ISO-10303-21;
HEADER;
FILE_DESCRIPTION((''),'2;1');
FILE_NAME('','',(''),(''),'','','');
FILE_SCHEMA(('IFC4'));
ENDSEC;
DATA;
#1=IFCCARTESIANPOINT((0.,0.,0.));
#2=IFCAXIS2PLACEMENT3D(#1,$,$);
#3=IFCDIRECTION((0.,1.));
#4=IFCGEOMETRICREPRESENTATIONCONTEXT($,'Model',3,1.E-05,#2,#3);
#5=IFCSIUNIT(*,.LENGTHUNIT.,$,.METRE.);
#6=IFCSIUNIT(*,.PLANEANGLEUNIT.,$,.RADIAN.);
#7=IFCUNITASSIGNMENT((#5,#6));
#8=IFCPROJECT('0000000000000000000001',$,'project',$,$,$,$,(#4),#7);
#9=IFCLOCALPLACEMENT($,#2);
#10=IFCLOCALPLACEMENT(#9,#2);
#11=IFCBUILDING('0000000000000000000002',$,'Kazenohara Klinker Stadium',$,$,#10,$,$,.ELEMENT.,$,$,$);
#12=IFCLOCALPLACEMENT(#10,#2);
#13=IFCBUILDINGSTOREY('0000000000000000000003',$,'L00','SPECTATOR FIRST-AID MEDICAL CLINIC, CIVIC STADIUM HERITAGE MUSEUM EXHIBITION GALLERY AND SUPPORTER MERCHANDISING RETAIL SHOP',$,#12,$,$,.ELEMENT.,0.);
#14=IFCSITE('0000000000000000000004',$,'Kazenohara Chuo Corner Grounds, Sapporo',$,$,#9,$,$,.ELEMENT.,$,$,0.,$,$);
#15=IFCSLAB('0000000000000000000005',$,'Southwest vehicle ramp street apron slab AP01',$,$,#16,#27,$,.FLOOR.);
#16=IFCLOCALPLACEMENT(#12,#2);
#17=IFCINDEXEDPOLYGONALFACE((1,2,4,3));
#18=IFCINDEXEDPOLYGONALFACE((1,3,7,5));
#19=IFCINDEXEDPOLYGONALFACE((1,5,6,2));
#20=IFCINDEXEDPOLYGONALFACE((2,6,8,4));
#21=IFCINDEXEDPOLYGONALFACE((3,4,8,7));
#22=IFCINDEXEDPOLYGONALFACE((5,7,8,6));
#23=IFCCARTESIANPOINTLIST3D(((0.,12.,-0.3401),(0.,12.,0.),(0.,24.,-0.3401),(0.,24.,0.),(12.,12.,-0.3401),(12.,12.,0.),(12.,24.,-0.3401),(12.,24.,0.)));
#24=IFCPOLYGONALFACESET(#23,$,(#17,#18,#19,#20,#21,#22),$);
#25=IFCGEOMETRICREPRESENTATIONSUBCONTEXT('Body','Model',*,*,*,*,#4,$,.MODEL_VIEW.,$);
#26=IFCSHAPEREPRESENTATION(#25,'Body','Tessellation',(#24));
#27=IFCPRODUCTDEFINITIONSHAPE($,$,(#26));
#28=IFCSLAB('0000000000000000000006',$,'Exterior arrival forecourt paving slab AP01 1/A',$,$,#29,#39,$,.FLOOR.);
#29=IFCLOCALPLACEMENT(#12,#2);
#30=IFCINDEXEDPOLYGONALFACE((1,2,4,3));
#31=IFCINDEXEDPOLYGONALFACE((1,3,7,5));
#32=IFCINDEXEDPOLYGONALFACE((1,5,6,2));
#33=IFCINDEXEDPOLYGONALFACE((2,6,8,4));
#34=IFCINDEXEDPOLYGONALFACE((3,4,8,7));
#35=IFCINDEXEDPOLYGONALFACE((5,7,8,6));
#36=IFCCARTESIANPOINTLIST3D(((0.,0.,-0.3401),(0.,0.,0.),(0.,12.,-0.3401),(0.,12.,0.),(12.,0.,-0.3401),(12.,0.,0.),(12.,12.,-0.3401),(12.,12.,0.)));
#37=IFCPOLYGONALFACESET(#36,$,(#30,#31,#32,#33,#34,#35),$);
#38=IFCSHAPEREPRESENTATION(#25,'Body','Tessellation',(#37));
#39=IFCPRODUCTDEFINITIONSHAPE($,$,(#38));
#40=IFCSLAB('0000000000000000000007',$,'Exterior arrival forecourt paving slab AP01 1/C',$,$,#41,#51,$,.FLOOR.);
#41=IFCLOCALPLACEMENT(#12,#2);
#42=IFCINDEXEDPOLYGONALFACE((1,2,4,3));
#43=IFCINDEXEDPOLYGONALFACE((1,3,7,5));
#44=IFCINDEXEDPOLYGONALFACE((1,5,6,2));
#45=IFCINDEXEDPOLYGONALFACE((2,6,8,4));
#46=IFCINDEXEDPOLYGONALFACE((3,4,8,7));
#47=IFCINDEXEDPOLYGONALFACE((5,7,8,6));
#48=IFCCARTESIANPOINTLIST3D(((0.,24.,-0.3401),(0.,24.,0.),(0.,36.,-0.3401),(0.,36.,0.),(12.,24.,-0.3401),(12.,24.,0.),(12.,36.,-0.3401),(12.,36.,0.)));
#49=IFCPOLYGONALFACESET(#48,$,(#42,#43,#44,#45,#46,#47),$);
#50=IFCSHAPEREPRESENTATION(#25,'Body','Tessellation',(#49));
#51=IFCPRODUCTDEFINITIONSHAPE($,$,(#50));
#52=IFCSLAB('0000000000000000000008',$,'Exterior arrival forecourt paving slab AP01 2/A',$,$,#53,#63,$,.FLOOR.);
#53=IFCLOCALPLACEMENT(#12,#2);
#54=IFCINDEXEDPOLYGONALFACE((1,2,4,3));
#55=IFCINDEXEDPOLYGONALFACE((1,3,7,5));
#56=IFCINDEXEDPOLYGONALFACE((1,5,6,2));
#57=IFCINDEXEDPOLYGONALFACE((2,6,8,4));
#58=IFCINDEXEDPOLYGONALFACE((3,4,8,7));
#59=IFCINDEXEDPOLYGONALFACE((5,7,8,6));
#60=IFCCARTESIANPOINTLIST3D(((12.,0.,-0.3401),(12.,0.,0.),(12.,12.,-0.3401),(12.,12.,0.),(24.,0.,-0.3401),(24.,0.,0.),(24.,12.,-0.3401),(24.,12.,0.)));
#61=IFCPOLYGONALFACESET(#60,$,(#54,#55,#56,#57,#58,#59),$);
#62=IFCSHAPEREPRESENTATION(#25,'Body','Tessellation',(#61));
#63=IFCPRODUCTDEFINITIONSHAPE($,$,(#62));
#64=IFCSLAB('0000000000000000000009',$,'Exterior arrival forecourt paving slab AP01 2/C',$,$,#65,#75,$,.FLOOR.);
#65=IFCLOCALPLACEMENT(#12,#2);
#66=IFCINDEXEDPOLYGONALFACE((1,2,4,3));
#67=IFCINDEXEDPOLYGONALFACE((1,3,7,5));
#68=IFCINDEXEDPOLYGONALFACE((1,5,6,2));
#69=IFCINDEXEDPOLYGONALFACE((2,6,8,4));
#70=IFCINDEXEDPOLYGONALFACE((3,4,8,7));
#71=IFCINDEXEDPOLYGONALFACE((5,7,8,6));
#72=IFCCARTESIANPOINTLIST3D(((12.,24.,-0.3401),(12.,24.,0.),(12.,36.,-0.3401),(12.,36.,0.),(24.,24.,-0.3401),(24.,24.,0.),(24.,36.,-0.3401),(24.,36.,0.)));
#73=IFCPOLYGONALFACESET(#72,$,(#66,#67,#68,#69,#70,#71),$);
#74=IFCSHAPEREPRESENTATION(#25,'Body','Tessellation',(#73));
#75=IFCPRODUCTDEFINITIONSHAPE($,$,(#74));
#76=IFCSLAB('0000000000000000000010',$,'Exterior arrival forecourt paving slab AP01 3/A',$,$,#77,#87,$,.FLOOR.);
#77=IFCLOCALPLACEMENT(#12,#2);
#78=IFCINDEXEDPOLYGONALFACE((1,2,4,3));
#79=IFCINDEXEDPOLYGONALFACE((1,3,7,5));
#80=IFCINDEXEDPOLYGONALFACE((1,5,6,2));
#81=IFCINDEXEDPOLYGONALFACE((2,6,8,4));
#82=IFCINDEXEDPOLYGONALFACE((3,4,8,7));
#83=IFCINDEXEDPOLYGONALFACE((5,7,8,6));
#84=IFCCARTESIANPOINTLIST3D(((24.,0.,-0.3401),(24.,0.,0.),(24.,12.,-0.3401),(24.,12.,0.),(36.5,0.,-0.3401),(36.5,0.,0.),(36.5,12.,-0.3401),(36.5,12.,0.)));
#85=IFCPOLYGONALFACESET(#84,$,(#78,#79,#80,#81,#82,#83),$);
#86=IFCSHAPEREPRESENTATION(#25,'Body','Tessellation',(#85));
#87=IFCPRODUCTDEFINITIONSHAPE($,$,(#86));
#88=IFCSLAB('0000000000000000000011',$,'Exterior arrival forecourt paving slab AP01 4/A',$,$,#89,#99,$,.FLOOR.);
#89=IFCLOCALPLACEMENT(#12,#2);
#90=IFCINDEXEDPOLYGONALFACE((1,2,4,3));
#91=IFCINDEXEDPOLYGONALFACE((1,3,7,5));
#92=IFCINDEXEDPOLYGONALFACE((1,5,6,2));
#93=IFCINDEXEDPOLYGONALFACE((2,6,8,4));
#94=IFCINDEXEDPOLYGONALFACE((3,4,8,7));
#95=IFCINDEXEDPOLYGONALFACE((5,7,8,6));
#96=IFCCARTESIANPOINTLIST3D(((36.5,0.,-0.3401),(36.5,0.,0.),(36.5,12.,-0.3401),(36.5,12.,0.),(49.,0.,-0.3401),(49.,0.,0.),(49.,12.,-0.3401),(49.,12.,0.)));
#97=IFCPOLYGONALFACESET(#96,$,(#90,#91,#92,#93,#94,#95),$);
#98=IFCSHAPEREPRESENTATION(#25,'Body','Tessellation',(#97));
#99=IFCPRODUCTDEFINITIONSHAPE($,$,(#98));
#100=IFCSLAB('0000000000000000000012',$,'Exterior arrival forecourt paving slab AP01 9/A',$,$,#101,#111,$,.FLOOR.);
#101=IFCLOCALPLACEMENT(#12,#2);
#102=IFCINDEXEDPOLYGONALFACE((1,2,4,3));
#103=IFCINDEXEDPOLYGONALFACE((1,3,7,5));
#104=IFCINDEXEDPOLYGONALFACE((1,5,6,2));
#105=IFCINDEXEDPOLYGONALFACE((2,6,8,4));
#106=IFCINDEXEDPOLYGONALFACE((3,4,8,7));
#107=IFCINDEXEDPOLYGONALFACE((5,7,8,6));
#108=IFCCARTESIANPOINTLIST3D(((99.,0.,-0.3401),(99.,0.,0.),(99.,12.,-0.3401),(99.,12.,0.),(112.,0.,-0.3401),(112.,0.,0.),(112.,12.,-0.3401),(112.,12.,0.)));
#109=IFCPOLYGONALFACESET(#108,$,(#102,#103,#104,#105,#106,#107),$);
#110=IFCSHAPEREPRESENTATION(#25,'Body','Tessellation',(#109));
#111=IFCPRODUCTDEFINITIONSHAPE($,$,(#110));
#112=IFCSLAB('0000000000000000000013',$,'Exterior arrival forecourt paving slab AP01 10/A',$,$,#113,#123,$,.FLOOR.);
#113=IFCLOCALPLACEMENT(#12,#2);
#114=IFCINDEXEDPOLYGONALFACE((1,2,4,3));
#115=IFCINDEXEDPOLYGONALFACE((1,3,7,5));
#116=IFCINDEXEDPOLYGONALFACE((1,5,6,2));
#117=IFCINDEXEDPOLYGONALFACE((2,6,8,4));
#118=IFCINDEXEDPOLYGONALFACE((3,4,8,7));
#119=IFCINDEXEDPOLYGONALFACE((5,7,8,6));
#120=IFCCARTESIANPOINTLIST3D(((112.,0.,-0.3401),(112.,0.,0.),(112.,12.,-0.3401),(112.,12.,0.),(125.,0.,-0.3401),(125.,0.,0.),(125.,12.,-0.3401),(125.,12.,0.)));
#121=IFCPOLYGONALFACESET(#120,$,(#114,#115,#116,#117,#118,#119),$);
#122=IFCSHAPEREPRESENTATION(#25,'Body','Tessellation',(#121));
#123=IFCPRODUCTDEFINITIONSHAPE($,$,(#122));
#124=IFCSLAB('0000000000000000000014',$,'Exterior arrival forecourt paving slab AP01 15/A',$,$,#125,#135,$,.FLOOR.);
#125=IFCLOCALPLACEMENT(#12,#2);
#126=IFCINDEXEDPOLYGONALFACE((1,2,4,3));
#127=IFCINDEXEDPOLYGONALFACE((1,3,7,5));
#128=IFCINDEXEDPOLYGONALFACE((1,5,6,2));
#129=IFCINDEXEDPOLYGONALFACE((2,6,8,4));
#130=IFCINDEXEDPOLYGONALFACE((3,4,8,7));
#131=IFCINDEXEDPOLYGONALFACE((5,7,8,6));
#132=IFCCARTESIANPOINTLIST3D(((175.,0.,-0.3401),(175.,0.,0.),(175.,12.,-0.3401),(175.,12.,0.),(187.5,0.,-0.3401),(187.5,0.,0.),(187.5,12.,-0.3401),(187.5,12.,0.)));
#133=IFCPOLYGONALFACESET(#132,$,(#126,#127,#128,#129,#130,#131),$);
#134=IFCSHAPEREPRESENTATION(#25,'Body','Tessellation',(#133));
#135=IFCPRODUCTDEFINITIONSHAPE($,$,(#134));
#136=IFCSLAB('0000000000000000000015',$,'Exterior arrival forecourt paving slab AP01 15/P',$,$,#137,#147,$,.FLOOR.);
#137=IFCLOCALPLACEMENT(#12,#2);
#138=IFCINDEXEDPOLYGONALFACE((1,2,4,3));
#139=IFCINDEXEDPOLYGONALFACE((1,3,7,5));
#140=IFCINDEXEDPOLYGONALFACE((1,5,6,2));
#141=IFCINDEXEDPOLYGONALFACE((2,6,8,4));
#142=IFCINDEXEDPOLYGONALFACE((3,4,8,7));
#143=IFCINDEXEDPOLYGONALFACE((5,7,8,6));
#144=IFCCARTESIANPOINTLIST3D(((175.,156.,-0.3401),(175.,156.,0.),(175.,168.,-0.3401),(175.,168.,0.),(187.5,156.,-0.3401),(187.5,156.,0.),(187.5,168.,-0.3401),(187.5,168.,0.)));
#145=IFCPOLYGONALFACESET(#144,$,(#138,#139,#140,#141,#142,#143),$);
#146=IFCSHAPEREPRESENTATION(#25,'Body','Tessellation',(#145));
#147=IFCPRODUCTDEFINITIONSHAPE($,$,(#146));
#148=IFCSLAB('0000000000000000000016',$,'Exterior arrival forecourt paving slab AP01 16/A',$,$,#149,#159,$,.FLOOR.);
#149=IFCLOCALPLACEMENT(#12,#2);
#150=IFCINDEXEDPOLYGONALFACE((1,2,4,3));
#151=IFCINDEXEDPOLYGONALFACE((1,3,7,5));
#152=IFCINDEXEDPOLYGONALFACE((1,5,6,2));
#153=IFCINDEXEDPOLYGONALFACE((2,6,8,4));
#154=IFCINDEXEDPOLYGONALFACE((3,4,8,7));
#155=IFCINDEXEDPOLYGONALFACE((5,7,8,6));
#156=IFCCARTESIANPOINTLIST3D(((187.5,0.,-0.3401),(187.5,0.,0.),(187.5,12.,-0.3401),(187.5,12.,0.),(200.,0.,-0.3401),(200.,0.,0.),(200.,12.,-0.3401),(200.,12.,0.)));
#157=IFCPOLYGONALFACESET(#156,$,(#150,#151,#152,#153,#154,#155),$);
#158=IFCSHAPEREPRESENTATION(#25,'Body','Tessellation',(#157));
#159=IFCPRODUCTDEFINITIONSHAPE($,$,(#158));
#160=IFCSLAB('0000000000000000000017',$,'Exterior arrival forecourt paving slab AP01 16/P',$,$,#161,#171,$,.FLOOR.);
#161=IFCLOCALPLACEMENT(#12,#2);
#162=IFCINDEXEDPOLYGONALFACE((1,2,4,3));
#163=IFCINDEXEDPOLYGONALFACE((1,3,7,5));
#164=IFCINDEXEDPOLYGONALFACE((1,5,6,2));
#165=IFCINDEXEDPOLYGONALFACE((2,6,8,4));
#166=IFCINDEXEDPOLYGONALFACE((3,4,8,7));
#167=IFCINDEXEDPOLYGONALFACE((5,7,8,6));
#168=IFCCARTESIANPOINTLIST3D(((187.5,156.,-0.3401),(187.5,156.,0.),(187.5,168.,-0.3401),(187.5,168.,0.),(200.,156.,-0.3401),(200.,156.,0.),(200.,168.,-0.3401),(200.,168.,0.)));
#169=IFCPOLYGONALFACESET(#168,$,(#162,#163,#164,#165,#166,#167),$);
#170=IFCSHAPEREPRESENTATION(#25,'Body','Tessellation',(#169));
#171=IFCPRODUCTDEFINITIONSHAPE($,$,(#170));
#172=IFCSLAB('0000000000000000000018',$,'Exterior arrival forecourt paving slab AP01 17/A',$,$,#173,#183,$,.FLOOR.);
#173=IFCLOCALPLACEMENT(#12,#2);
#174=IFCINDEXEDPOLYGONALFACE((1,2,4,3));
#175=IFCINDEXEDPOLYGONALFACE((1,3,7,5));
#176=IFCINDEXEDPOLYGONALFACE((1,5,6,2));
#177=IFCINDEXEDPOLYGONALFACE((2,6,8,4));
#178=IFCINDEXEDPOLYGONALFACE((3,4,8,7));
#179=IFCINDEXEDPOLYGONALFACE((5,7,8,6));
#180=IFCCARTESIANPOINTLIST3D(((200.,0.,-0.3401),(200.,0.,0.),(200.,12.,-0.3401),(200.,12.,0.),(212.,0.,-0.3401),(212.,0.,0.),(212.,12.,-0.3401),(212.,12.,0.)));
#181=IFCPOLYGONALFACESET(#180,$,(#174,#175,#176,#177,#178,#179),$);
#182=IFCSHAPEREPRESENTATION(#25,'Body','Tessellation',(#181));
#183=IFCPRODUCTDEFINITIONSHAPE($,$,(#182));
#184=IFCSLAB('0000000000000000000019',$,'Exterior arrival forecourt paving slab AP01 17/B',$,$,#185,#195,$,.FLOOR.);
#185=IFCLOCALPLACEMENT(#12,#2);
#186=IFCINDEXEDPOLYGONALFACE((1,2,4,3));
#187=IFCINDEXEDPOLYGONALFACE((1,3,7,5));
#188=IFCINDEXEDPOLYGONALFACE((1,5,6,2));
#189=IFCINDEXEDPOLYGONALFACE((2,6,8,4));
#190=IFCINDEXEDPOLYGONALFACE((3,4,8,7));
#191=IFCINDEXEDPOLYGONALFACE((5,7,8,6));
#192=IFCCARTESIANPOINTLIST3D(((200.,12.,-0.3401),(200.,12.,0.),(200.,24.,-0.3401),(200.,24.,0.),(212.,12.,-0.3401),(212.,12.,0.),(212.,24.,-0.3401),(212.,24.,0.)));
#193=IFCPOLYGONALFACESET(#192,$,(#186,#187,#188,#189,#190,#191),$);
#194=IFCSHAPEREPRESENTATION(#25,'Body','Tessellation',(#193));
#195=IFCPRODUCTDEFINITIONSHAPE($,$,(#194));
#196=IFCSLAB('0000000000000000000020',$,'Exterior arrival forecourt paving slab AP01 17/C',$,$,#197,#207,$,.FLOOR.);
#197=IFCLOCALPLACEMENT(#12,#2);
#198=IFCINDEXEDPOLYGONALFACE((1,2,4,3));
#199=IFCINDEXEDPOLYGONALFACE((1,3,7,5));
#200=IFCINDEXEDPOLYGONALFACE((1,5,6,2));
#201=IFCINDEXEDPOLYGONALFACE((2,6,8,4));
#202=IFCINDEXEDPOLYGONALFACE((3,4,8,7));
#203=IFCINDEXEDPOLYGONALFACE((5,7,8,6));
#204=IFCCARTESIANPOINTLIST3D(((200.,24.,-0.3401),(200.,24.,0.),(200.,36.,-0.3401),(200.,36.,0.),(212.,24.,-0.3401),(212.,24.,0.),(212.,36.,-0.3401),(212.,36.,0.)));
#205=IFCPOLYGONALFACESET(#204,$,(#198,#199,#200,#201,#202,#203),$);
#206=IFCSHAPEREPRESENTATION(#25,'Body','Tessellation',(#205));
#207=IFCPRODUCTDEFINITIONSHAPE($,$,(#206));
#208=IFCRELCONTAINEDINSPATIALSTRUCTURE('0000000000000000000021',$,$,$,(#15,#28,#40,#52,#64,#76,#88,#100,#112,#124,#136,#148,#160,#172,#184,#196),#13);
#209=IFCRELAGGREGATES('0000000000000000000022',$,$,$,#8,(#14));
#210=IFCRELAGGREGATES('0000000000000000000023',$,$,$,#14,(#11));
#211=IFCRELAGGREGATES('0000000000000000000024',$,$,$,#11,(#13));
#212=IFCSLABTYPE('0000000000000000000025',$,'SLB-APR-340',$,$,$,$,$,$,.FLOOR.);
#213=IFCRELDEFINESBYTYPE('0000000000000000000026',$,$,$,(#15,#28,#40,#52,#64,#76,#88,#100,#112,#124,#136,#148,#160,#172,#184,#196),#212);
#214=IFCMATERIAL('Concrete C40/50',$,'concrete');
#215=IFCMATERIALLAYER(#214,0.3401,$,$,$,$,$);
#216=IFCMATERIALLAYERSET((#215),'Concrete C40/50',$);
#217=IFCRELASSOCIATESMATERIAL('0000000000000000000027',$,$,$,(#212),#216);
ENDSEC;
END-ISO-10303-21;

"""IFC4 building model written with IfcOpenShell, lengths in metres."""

from ifc_helpers import new_model, si_unit, direction, frame, origin, place, context, subcontext, project, spatial, polyline, outline, extrude, material, layer, layer_set, type_object, element, save


model = new_model("IFC4")

# Units and contexts
model_context = context("Model", 3, precision=1e-05, world=origin(), true_north=direction((0.0, 1.0)))
body_context = subcontext(model_context, "Body", "Model", "MODEL_VIEW")
ifc_project = project(units=[si_unit("LENGTHUNIT", "METRE"), si_unit("PLANEANGLEUNIT", "RADIAN")], contexts=[model_context])

# Site, building, storey
site_placement = place(None, origin())
site = spatial("IfcSite", under=ifc_project, at=site_placement, Name="Kazenohara Chuo Corner Grounds, Sapporo", CompositionType="ELEMENT", RefElevation=0.0)
building_placement = place(site_placement, origin())
building = spatial("IfcBuilding", under=site, at=building_placement, Name="Kazenohara Klinker Stadium", CompositionType="ELEMENT")
storey_placement = place(building_placement, origin())
storey = spatial("IfcBuildingStorey", under=building, at=storey_placement, Name="L00", Description="SPECTATOR FIRST-AID MEDICAL CLINIC, CIVIC STADIUM HERITAGE MUSEUM EXHIBITION GALLERY AND SUPPORTER MERCHANDISING RETAIL SHOP", CompositionType="ELEMENT", Elevation=0.0)

# Slabs
ifc_material = material(Name="Concrete C40/50", Category="concrete")
ifc_layer = layer(ifc_material, 0.3401)
ifc_layer_set = layer_set([ifc_layer], Name="Concrete C40/50")
slab_type = type_object("IfcSlabType", Name="SLB-APR-340", PredefinedType="FLOOR", material=ifc_layer_set)
slab_1_placement = place(storey_placement, frame((0.0, 0.0, -0.3401)))
element("IfcSlab", 1, at=slab_1_placement, inside=storey, type_object=slab_type, Name="Southwest vehicle ramp street apron slab AP01", PredefinedType="FLOOR", context=body_context, shape_type="SweptSolid", body=[
    extrude(outline(polyline([(0.0, 12.0), (12.0, 12.0), (12.0, 24.0), (0.0, 24.0), (0.0, 12.0)])), origin(), (0.0, 0.0, 1.0), 0.3401),
])
slab_2_placement = place(storey_placement, frame((0.0, 0.0, -0.3401)))
element("IfcSlab", 2, at=slab_2_placement, inside=storey, type_object=slab_type, Name="Exterior arrival forecourt paving slab AP01 1/A", PredefinedType="FLOOR", context=body_context, shape_type="SweptSolid", body=[
    extrude(outline(polyline([(0.0, 0.0), (12.0, 0.0), (12.0, 12.0), (0.0, 12.0), (0.0, 0.0)])), origin(), (0.0, 0.0, 1.0), 0.3401),
])
slab_3_placement = place(storey_placement, frame((0.0, 0.0, -0.3401)))
element("IfcSlab", 3, at=slab_3_placement, inside=storey, type_object=slab_type, Name="Exterior arrival forecourt paving slab AP01 1/C", PredefinedType="FLOOR", context=body_context, shape_type="SweptSolid", body=[
    extrude(outline(polyline([(0.0, 24.0), (12.0, 24.0), (12.0, 36.0), (0.0, 36.0), (0.0, 24.0)])), origin(), (0.0, 0.0, 1.0), 0.3401),
])
slab_4_placement = place(storey_placement, frame((0.0, 0.0, -0.3401)))
element("IfcSlab", 4, at=slab_4_placement, inside=storey, type_object=slab_type, Name="Exterior arrival forecourt paving slab AP01 2/A", PredefinedType="FLOOR", context=body_context, shape_type="SweptSolid", body=[
    extrude(outline(polyline([(12.0, 0.0), (24.0, 0.0), (24.0, 12.0), (12.0, 12.0), (12.0, 0.0)])), origin(), (0.0, 0.0, 1.0), 0.3401),
])
slab_5_placement = place(storey_placement, frame((0.0, 0.0, -0.3401)))
element("IfcSlab", 5, at=slab_5_placement, inside=storey, type_object=slab_type, Name="Exterior arrival forecourt paving slab AP01 2/C", PredefinedType="FLOOR", context=body_context, shape_type="SweptSolid", body=[
    extrude(outline(polyline([(12.0, 24.0), (24.0, 24.0), (24.0, 36.0), (12.0, 36.0), (12.0, 24.0)])), origin(), (0.0, 0.0, 1.0), 0.3401),
])
slab_6_placement = place(storey_placement, frame((0.0, 0.0, -0.3401)))
element("IfcSlab", 6, at=slab_6_placement, inside=storey, type_object=slab_type, Name="Exterior arrival forecourt paving slab AP01 3/A", PredefinedType="FLOOR", context=body_context, shape_type="SweptSolid", body=[
    extrude(outline(polyline([(24.0, 0.0), (36.5, 0.0), (36.5, 12.0), (24.0, 12.0), (24.0, 0.0)])), origin(), (0.0, 0.0, 1.0), 0.3401),
])
slab_7_placement = place(storey_placement, frame((0.0, 0.0, -0.3401)))
element("IfcSlab", 7, at=slab_7_placement, inside=storey, type_object=slab_type, Name="Exterior arrival forecourt paving slab AP01 4/A", PredefinedType="FLOOR", context=body_context, shape_type="SweptSolid", body=[
    extrude(outline(polyline([(36.5, 0.0), (49.0, 0.0), (49.0, 12.0), (36.5, 12.0), (36.5, 0.0)])), origin(), (0.0, 0.0, 1.0), 0.3401),
])
slab_8_placement = place(storey_placement, frame((0.0, 0.0, -0.3401)))
element("IfcSlab", 8, at=slab_8_placement, inside=storey, type_object=slab_type, Name="Exterior arrival forecourt paving slab AP01 9/A", PredefinedType="FLOOR", context=body_context, shape_type="SweptSolid", body=[
    extrude(outline(polyline([(99.0, 0.0), (112.0, 0.0), (112.0, 12.0), (99.0, 12.0), (99.0, 0.0)])), origin(), (0.0, 0.0, 1.0), 0.3401),
])
slab_9_placement = place(storey_placement, frame((0.0, 0.0, -0.3401)))
element("IfcSlab", 9, at=slab_9_placement, inside=storey, type_object=slab_type, Name="Exterior arrival forecourt paving slab AP01 10/A", PredefinedType="FLOOR", context=body_context, shape_type="SweptSolid", body=[
    extrude(outline(polyline([(112.0, 0.0), (125.0, 0.0), (125.0, 12.0), (112.0, 12.0), (112.0, 0.0)])), origin(), (0.0, 0.0, 1.0), 0.3401),
])
slab_10_placement = place(storey_placement, frame((0.0, 0.0, -0.3401)))
element("IfcSlab", 10, at=slab_10_placement, inside=storey, type_object=slab_type, Name="Exterior arrival forecourt paving slab AP01 15/A", PredefinedType="FLOOR", context=body_context, shape_type="SweptSolid", body=[
    extrude(outline(polyline([(175.0, 0.0), (187.5, 0.0), (187.5, 12.0), (175.0, 12.0), (175.0, 0.0)])), origin(), (0.0, 0.0, 1.0), 0.3401),
])
slab_11_placement = place(storey_placement, frame((0.0, 0.0, -0.3401)))
element("IfcSlab", 11, at=slab_11_placement, inside=storey, type_object=slab_type, Name="Exterior arrival forecourt paving slab AP01 15/P", PredefinedType="FLOOR", context=body_context, shape_type="SweptSolid", body=[
    extrude(outline(polyline([(175.0, 156.0), (187.5, 156.0), (187.5, 168.0), (175.0, 168.0), (175.0, 156.0)])), origin(), (0.0, 0.0, 1.0), 0.3401),
])
slab_12_placement = place(storey_placement, frame((0.0, 0.0, -0.3401)))
element("IfcSlab", 12, at=slab_12_placement, inside=storey, type_object=slab_type, Name="Exterior arrival forecourt paving slab AP01 16/A", PredefinedType="FLOOR", context=body_context, shape_type="SweptSolid", body=[
    extrude(outline(polyline([(187.5, 0.0), (200.0, 0.0), (200.0, 12.0), (187.5, 12.0), (187.5, 0.0)])), origin(), (0.0, 0.0, 1.0), 0.3401),
])
slab_13_placement = place(storey_placement, frame((0.0, 0.0, -0.3401)))
element("IfcSlab", 13, at=slab_13_placement, inside=storey, type_object=slab_type, Name="Exterior arrival forecourt paving slab AP01 16/P", PredefinedType="FLOOR", context=body_context, shape_type="SweptSolid", body=[
    extrude(outline(polyline([(187.5, 156.0), (200.0, 156.0), (200.0, 168.0), (187.5, 168.0), (187.5, 156.0)])), origin(), (0.0, 0.0, 1.0), 0.3401),
])
slab_14_placement = place(storey_placement, frame((0.0, 0.0, -0.3401)))
element("IfcSlab", 14, at=slab_14_placement, inside=storey, type_object=slab_type, Name="Exterior arrival forecourt paving slab AP01 17/A", PredefinedType="FLOOR", context=body_context, shape_type="SweptSolid", body=[
    extrude(outline(polyline([(200.0, 0.0), (212.0, 0.0), (212.0, 12.0), (200.0, 12.0), (200.0, 0.0)])), origin(), (0.0, 0.0, 1.0), 0.3401),
])
slab_15_placement = place(storey_placement, frame((0.0, 0.0, -0.3401)))
element("IfcSlab", 15, at=slab_15_placement, inside=storey, type_object=slab_type, Name="Exterior arrival forecourt paving slab AP01 17/B", PredefinedType="FLOOR", context=body_context, shape_type="SweptSolid", body=[
    extrude(outline(polyline([(200.0, 12.0), (212.0, 12.0), (212.0, 24.0), (200.0, 24.0), (200.0, 12.0)])), origin(), (0.0, 0.0, 1.0), 0.3401),
])
slab_16_placement = place(storey_placement, frame((0.0, 0.0, -0.3401)))
element("IfcSlab", 16, at=slab_16_placement, inside=storey, type_object=slab_type, Name="Exterior arrival forecourt paving slab AP01 17/C", PredefinedType="FLOOR", context=body_context, shape_type="SweptSolid", body=[
    extrude(outline(polyline([(200.0, 24.0), (212.0, 24.0), (212.0, 36.0), (200.0, 36.0), (200.0, 24.0)])), origin(), (0.0, 0.0, 1.0), 0.3401),
])

save(model, "model.ifc")
